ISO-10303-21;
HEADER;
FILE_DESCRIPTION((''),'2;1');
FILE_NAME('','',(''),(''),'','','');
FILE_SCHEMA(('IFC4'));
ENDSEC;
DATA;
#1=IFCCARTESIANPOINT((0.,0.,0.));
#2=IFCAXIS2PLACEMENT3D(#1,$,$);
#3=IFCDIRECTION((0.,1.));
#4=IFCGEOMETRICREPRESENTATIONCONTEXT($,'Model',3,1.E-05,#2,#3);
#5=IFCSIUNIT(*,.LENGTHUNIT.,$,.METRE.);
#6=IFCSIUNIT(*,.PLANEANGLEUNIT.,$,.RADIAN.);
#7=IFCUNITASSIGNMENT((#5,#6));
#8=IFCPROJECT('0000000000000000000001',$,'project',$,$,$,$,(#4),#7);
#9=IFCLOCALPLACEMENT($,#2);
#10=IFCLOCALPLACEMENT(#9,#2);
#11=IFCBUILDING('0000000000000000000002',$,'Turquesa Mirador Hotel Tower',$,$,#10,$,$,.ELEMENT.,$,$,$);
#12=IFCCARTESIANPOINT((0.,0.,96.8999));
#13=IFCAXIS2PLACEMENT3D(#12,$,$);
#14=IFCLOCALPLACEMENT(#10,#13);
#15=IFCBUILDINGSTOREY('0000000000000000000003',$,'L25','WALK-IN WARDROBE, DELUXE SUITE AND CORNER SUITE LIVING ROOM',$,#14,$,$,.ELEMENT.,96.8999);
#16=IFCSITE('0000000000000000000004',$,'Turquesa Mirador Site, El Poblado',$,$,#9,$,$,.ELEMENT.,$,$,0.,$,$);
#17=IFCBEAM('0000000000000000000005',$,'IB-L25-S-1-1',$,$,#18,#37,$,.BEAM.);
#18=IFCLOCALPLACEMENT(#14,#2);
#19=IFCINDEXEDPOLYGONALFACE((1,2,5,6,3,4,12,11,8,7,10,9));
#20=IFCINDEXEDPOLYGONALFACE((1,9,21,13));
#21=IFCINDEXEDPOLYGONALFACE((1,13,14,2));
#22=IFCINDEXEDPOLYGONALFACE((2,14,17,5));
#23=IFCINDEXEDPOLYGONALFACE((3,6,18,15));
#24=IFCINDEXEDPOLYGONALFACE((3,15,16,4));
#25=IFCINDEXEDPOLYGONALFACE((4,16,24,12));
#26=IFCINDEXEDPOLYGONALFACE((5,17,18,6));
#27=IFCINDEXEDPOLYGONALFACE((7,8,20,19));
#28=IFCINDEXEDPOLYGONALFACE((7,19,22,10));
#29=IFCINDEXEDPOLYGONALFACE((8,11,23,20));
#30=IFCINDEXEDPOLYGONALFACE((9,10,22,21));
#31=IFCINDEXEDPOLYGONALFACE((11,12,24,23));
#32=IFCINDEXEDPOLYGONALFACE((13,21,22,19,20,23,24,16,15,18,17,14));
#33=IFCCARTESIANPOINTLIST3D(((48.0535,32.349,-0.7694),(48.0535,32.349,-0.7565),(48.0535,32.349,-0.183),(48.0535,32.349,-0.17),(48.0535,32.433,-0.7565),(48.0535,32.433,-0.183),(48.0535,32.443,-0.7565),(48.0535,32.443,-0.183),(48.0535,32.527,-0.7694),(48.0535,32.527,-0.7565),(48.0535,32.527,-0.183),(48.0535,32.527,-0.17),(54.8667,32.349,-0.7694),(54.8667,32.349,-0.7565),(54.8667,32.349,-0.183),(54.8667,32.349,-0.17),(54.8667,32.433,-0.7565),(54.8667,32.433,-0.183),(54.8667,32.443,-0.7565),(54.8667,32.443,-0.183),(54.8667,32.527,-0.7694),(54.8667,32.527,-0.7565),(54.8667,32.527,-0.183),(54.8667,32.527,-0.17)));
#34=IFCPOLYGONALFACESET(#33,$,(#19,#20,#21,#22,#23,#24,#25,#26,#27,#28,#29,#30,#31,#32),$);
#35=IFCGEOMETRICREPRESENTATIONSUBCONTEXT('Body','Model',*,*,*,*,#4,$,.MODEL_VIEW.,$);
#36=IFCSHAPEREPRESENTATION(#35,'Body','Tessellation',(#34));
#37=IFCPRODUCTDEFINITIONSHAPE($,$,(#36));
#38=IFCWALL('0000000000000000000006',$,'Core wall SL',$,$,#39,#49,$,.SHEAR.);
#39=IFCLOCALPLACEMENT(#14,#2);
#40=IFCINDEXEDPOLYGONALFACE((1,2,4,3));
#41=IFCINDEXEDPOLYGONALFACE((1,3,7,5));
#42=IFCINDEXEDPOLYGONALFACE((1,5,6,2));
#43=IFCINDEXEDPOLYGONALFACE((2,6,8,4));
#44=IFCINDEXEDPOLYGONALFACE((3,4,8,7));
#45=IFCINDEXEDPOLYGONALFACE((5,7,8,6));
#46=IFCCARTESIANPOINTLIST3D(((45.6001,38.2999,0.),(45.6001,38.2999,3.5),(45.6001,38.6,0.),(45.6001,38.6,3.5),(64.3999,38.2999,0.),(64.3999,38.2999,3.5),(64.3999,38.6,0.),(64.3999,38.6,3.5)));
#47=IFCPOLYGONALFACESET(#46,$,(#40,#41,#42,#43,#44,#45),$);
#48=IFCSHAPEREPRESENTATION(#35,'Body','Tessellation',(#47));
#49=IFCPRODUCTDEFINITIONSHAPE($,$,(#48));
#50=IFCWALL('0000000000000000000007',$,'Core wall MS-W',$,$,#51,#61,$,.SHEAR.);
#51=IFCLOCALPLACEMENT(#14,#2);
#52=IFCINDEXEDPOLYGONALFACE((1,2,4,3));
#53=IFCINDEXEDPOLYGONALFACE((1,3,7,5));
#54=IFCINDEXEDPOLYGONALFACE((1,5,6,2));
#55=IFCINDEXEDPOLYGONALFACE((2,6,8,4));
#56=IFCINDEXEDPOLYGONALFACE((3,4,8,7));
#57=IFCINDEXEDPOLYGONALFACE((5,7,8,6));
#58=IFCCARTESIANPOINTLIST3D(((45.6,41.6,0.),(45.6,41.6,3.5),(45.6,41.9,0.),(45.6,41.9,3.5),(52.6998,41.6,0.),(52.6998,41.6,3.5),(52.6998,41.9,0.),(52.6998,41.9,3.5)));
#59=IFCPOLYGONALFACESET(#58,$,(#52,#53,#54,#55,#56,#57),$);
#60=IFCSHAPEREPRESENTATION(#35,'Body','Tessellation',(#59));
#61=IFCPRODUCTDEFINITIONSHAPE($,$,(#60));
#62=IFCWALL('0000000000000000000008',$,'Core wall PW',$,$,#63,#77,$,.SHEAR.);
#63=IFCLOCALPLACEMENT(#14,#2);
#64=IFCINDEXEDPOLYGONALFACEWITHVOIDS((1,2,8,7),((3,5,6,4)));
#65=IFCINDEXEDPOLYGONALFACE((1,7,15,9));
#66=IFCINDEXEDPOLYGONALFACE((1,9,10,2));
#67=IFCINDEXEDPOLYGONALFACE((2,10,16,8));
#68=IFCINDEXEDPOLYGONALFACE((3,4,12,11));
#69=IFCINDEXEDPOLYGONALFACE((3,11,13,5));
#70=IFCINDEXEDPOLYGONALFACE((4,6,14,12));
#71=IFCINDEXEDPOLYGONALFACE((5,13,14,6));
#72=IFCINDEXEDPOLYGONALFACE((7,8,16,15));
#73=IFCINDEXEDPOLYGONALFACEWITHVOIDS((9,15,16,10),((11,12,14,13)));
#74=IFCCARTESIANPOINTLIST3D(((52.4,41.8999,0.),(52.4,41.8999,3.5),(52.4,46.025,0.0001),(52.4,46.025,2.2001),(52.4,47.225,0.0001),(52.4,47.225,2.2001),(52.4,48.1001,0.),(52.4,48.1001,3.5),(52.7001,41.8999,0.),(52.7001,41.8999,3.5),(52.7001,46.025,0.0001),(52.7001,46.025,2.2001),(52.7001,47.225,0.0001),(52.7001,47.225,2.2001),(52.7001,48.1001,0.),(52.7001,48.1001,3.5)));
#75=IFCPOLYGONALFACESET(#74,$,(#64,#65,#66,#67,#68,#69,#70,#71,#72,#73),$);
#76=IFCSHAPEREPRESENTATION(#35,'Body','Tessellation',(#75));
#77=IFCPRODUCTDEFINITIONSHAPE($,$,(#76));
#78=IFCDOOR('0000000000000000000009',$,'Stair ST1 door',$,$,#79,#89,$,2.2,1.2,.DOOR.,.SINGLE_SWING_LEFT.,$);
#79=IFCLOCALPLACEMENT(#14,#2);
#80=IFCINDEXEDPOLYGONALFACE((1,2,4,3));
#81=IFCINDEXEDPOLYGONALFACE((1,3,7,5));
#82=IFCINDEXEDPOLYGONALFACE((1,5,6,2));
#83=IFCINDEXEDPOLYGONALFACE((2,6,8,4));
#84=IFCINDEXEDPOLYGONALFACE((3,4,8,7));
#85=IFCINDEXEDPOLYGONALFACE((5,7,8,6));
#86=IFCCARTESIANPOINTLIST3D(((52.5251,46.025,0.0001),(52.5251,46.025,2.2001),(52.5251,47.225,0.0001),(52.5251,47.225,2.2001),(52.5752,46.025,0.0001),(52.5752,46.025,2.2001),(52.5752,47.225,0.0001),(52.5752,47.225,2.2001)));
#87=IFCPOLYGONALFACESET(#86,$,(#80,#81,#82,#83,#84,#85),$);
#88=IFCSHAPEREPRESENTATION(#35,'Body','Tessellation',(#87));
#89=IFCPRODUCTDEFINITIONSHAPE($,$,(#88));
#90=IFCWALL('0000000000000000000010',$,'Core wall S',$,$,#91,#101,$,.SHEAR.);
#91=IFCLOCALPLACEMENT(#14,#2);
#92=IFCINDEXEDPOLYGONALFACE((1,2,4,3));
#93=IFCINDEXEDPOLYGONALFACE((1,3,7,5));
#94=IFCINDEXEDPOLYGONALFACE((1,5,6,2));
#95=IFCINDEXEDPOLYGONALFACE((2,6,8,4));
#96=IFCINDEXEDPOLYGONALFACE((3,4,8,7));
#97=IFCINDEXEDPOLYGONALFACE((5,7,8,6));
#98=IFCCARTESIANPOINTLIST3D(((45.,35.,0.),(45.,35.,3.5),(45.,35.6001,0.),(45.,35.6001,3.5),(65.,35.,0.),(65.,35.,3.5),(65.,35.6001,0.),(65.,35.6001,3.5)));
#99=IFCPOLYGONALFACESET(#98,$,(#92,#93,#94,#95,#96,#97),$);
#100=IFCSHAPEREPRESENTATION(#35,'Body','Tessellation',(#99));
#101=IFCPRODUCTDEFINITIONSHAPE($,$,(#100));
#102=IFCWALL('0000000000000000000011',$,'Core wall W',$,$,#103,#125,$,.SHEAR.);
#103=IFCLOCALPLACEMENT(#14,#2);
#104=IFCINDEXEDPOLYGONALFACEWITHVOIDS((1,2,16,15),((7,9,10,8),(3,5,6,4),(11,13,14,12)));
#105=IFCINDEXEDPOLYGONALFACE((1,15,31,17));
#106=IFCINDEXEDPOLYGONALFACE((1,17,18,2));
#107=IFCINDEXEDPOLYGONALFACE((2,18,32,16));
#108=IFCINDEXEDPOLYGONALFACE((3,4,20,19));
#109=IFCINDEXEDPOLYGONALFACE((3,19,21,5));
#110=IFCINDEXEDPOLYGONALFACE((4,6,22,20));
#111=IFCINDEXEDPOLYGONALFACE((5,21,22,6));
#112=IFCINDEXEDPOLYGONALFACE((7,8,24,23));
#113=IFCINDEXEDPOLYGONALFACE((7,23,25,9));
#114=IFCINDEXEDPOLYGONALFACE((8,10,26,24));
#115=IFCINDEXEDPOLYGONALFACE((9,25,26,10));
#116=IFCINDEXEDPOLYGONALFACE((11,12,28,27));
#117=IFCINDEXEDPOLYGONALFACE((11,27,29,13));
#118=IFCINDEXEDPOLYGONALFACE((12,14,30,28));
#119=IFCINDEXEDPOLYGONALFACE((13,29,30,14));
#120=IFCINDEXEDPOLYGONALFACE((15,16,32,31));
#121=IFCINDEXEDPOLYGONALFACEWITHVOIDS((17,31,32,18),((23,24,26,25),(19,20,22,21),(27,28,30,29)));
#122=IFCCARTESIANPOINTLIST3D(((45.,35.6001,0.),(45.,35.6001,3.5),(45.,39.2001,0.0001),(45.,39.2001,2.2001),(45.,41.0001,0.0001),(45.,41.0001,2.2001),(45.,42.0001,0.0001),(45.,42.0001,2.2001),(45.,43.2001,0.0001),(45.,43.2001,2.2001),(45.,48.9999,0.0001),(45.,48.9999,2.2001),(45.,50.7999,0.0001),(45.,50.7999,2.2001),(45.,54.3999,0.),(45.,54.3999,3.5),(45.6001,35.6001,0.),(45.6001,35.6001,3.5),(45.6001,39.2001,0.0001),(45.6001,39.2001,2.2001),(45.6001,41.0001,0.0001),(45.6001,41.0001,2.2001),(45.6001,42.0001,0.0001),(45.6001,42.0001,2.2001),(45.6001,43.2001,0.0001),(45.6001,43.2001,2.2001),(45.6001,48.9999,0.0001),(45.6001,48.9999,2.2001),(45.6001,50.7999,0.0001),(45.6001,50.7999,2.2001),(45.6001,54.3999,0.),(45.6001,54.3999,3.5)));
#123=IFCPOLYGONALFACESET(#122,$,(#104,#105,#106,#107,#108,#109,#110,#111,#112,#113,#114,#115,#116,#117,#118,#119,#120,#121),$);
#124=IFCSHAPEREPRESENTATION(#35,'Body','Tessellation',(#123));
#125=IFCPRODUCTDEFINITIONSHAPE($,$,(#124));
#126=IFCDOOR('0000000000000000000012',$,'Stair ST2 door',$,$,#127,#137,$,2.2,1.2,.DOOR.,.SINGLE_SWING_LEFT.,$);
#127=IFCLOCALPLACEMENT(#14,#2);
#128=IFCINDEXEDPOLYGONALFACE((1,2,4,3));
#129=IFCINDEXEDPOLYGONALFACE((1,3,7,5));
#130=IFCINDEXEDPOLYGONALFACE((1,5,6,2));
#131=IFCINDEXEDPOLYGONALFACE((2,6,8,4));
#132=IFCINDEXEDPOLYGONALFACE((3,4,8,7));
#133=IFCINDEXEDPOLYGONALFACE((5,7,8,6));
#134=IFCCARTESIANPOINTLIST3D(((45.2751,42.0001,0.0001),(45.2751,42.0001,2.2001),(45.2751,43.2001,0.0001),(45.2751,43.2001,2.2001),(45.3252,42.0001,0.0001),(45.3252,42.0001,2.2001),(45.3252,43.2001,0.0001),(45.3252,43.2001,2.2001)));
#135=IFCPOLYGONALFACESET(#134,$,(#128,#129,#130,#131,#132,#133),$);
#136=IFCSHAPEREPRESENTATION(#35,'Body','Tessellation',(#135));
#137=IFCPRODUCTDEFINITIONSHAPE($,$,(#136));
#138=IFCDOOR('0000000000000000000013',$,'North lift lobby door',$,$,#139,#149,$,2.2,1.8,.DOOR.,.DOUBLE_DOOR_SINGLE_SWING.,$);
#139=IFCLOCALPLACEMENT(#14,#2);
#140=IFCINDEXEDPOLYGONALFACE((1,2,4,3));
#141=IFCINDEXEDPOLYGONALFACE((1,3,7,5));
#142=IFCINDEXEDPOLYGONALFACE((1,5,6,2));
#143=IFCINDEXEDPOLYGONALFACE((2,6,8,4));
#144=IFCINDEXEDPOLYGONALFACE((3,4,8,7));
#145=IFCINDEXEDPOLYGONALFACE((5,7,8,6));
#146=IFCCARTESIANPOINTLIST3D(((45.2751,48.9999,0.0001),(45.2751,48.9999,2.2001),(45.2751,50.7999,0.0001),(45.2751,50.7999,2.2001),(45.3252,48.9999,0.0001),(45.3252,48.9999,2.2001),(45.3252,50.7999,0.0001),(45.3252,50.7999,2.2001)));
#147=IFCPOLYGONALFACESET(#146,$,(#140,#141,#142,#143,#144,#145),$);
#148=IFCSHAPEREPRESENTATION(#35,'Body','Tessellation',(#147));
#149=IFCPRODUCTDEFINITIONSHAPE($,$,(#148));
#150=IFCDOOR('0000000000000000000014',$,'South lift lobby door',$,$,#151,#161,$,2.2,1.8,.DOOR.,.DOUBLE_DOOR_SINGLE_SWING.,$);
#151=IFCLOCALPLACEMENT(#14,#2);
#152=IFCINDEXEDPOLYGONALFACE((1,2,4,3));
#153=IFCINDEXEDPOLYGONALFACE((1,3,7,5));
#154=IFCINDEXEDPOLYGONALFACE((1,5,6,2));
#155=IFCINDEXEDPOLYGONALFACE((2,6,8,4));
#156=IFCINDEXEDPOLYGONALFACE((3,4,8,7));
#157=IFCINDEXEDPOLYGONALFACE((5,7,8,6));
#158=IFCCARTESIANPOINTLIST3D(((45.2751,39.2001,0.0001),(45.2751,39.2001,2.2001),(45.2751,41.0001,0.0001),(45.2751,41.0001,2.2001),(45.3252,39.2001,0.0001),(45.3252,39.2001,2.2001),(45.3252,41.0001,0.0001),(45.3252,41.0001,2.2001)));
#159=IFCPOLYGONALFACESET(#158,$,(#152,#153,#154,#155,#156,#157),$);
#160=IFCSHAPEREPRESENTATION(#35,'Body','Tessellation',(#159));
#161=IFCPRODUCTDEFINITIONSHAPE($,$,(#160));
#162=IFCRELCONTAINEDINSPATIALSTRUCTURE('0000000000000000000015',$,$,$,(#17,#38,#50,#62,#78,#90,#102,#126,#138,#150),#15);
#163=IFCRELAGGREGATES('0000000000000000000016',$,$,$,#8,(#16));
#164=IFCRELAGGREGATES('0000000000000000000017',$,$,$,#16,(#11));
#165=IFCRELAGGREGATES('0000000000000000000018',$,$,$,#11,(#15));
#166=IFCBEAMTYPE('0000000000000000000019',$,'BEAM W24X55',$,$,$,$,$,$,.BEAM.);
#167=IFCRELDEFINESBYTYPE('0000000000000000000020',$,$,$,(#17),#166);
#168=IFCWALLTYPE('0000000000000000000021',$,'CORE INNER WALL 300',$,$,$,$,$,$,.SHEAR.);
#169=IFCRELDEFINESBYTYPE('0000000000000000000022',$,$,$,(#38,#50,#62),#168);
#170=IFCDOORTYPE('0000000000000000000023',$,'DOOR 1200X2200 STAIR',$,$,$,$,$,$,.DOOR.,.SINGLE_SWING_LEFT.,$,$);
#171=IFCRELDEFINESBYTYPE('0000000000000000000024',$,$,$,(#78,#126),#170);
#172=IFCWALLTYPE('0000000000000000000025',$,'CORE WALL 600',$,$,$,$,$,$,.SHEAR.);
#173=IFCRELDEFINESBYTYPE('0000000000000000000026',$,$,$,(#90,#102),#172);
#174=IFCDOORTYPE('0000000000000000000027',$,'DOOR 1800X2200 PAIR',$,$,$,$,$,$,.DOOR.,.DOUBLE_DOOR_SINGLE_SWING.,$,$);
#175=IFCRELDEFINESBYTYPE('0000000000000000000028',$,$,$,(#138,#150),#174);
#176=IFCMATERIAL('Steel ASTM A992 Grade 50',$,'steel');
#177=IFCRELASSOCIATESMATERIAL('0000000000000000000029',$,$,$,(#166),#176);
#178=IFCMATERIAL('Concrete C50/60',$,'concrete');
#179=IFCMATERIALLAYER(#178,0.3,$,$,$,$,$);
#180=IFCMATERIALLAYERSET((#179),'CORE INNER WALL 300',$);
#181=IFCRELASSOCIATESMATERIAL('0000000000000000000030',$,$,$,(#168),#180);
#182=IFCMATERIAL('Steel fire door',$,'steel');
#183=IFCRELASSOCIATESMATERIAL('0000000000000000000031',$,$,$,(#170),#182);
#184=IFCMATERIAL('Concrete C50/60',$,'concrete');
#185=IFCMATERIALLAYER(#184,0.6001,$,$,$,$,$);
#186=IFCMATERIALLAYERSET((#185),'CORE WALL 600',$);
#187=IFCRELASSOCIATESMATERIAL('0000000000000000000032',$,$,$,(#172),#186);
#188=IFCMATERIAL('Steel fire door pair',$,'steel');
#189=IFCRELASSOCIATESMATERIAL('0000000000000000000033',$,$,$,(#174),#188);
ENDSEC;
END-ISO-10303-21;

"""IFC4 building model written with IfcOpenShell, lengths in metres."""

from ifc_helpers import new_model, si_unit, direction, frame, frame_2d, origin, origin_2d, place, context, subcontext, project, spatial, rectangle, i_section, extrude, material, layer, layer_set, material_profile, profile_set, type_object, element, fill, save


model = new_model("IFC4")

# Units and contexts
model_context = context("Model", 3, precision=1e-05, world=origin(), true_north=direction((0.0, 1.0)))
body_context = subcontext(model_context, "Body", "Model", "MODEL_VIEW")
ifc_project = project(units=[si_unit("LENGTHUNIT", "METRE"), si_unit("PLANEANGLEUNIT", "RADIAN")], contexts=[model_context])

# Site, building, storey
site_placement = place(None, origin())
site = spatial("IfcSite", under=ifc_project, at=site_placement, Name="Turquesa Mirador Site, El Poblado", CompositionType="ELEMENT", RefElevation=0.0)
building_placement = place(site_placement, origin())
building = spatial("IfcBuilding", under=site, at=building_placement, Name="Turquesa Mirador Hotel Tower", CompositionType="ELEMENT")
storey_placement = place(building_placement, frame((0.0, 0.0, 96.8999)))
storey = spatial("IfcBuildingStorey", under=building, at=storey_placement, Name="L25", Description="WALK-IN WARDROBE, DELUXE SUITE AND CORNER SUITE LIVING ROOM", CompositionType="ELEMENT", Elevation=96.8999)

# Beam
ifc_material_1 = material(Name="Steel ASTM A992 Grade 50", Category="steel")
ifc_material_profile = material_profile(ifc_material_1, i_section(OverallWidth=0.178, OverallDepth=0.5994, WebThickness=0.01, FlangeThickness=0.0129, at=origin_2d()), Name="W24X55")
ifc_profile_set = profile_set([ifc_material_profile], Name="Steel ASTM A992 Grade 50")
beam_type = type_object("IfcBeamType", Name="BEAM W24X55", PredefinedType="BEAM", material=ifc_profile_set)
beam_placement = place(storey_placement, frame((48.0535, 32.438, -0.4697), z_axis=(1.0, 0.0, 0.0), x_axis=(0.0, 1.0, 0.0)))
element("IfcBeam", 1, at=beam_placement, inside=storey, type_object=beam_type, Name="IB-L25-S-1-1", PredefinedType="BEAM", context=body_context, shape_type="SweptSolid", body=[
    extrude(i_section(OverallWidth=0.178, OverallDepth=0.5994, WebThickness=0.01, FlangeThickness=0.0129, at=origin_2d()), origin(), (0.0, 0.0, 1.0), 6.8132),
])

# Walls
ifc_material_2 = material(Name="Concrete C50/60", Category="concrete")
ifc_layer_1 = layer(ifc_material_2, 0.3)
ifc_layer_set_1 = layer_set([ifc_layer_1], Name="CORE INNER WALL 300")
wall_type_1 = type_object("IfcWallType", Name="CORE INNER WALL 300", PredefinedType="SHEAR", material=ifc_layer_set_1)
wall_1_placement = place(storey_placement, frame((45.6001, 38.45, 0.0), z_axis=(0.0, 0.0, 1.0), x_axis=(1.0, 0.0, 0.0)))
element("IfcWall", 2, at=wall_1_placement, inside=storey, type_object=wall_type_1, Name="Core wall SL", PredefinedType="SHEAR", context=body_context, shape_type="SweptSolid", body=[
    extrude(rectangle(XDim=18.7998, YDim=0.3, at=frame_2d((9.3999, 0.0))), origin(), (0.0, 0.0, 1.0), 3.5),
])
wall_2_placement = place(storey_placement, frame((45.6001, 41.75, 0.0), z_axis=(0.0, 0.0, 1.0), x_axis=(1.0, 0.0, 0.0)))
element("IfcWall", 3, at=wall_2_placement, inside=storey, type_object=wall_type_1, Name="Core wall MS-W", PredefinedType="SHEAR", context=body_context, shape_type="SweptSolid", body=[
    extrude(rectangle(XDim=7.0999, YDim=0.3, at=frame_2d((3.5498, 0.0))), origin(), (0.0, 0.0, 1.0), 3.5),
])

# Wall, opening, door
wall_3_placement = place(storey_placement, frame((52.55, 41.8999, 0.0), z_axis=(0.0, 0.0, 1.0), x_axis=(0.0, 1.0, 0.0)))
wall_3 = element("IfcWall", 4, at=wall_3_placement, inside=storey, type_object=wall_type_1, Name="Core wall PW", PredefinedType="SHEAR", context=body_context, shape_type="SweptSolid", body=[
    extrude(rectangle(XDim=6.2002, YDim=0.3, at=frame_2d((3.1001, 0.0))), origin(), (0.0, 0.0, 1.0), 3.5),
])
opening_1_placement = place(wall_3_placement, frame((4.125, 0.0, 0.0)))
opening_1 = element("IfcOpeningElement", 5, at=opening_1_placement, cuts=wall_3, PredefinedType="OPENING", context=body_context, shape_type="SweptSolid", body=[
    extrude(rectangle(XDim=1.2, YDim=2.2, at=frame_2d((0.6001, 1.1001))), frame((0.0, 0.1599, 0.0), z_axis=(0.0, -1.0, 0.0), x_axis=(1.0, 0.0, 0.0)), (0.0, 0.0, 1.0), 0.3201),
])
ifc_material_3 = material(Name="Steel fire door", Category="steel")
door_type_1 = type_object("IfcDoorType", Name="DOOR 1200X2200 STAIR", OperationType="SINGLE_SWING_LEFT", PredefinedType="DOOR", material=ifc_material_3)
door_1_placement = place(opening_1_placement, origin())
door_1 = element("IfcDoor", 6, at=door_1_placement, inside=storey, type_object=door_type_1, Name="Stair ST1 door", OperationType="SINGLE_SWING_LEFT", OverallHeight=2.2, OverallWidth=1.2, PredefinedType="DOOR", context=body_context, shape_type="SweptSolid", body=[
    extrude(rectangle(XDim=1.2, YDim=2.2, at=frame_2d((0.6001, 1.1001))), frame((0.0, 0.0249, 0.0), z_axis=(0.0, -1.0, 0.0), x_axis=(1.0, 0.0, 0.0)), (0.0, 0.0, 1.0), 0.05),
])
fill(opening_1, door_1)

# Wall
ifc_material_4 = material(Name="Concrete C50/60", Category="concrete")
ifc_layer_2 = layer(ifc_material_4, 0.6001)
ifc_layer_set_2 = layer_set([ifc_layer_2], Name="CORE WALL 600")
wall_type_2 = type_object("IfcWallType", Name="CORE WALL 600", PredefinedType="SHEAR", material=ifc_layer_set_2)
wall_4_placement = place(storey_placement, frame((45.0, 35.3, 0.0), z_axis=(0.0, 0.0, 1.0), x_axis=(1.0, 0.0, 0.0)))
element("IfcWall", 7, at=wall_4_placement, inside=storey, type_object=wall_type_2, Name="Core wall S", PredefinedType="SHEAR", context=body_context, shape_type="SweptSolid", body=[
    extrude(rectangle(XDim=20.0, YDim=0.6001, at=frame_2d((10.0, 0.0))), origin(), (0.0, 0.0, 1.0), 3.5),
])

# Wall, openings, doors
wall_5_placement = place(storey_placement, frame((45.3, 35.6001, 0.0), z_axis=(0.0, 0.0, 1.0), x_axis=(0.0, 1.0, 0.0)))
wall_5 = element("IfcWall", 8, at=wall_5_placement, inside=storey, type_object=wall_type_2, Name="Core wall W", PredefinedType="SHEAR", context=body_context, shape_type="SweptSolid", body=[
    extrude(rectangle(XDim=18.7998, YDim=0.6001, at=frame_2d((9.3999, 0.0))), origin(), (0.0, 0.0, 1.0), 3.5),
])
opening_2_placement = place(wall_5_placement, frame((13.3999, 0.0, 0.0)))
opening_2 = element("IfcOpeningElement", 9, at=opening_2_placement, cuts=wall_5, PredefinedType="OPENING", context=body_context, shape_type="SweptSolid", body=[
    extrude(rectangle(XDim=1.8, YDim=2.2, at=frame_2d((0.8999, 1.1001))), frame((0.0, 0.3101, 0.0), z_axis=(0.0, -1.0, 0.0), x_axis=(1.0, 0.0, 0.0)), (0.0, 0.0, 1.0), 0.6201),
])
opening_3_placement = place(wall_5_placement, frame((3.6001, 0.0, 0.0)))
opening_3 = element("IfcOpeningElement", 10, at=opening_3_placement, cuts=wall_5, PredefinedType="OPENING", context=body_context, shape_type="SweptSolid", body=[
    extrude(rectangle(XDim=1.8, YDim=2.2, at=frame_2d((0.8999, 1.1001))), frame((0.0, 0.3101, 0.0), z_axis=(0.0, -1.0, 0.0), x_axis=(1.0, 0.0, 0.0)), (0.0, 0.0, 1.0), 0.6201),
])
opening_4_placement = place(wall_5_placement, frame((6.3999, 0.0, 0.0)))
opening_4 = element("IfcOpeningElement", 11, at=opening_4_placement, cuts=wall_5, PredefinedType="OPENING", context=body_context, shape_type="SweptSolid", body=[
    extrude(rectangle(XDim=1.2, YDim=2.2, at=frame_2d((0.6001, 1.1001))), frame((0.0, 0.3101, 0.0), z_axis=(0.0, -1.0, 0.0), x_axis=(1.0, 0.0, 0.0)), (0.0, 0.0, 1.0), 0.6201),
])
door_2_placement = place(opening_4_placement, origin())
door_2 = element("IfcDoor", 12, at=door_2_placement, inside=storey, type_object=door_type_1, Name="Stair ST2 door", OperationType="SINGLE_SWING_LEFT", OverallHeight=2.2, OverallWidth=1.2, PredefinedType="DOOR", context=body_context, shape_type="SweptSolid", body=[
    extrude(rectangle(XDim=1.2, YDim=2.2, at=frame_2d((0.6001, 1.1001))), frame((0.0, 0.0249, 0.0), z_axis=(0.0, -1.0, 0.0), x_axis=(1.0, 0.0, 0.0)), (0.0, 0.0, 1.0), 0.05),
])
fill(opening_4, door_2)
ifc_material_5 = material(Name="Steel fire door pair", Category="steel")
door_type_2 = type_object("IfcDoorType", Name="DOOR 1800X2200 PAIR", OperationType="DOUBLE_DOOR_SINGLE_SWING", PredefinedType="DOOR", material=ifc_material_5)
door_3_placement = place(opening_2_placement, origin())
door_3 = element("IfcDoor", 13, at=door_3_placement, inside=storey, type_object=door_type_2, Name="North lift lobby door", OperationType="DOUBLE_DOOR_SINGLE_SWING", OverallHeight=2.2, OverallWidth=1.8, PredefinedType="DOOR", context=body_context, shape_type="SweptSolid", body=[
    extrude(rectangle(XDim=1.8, YDim=2.2, at=frame_2d((0.8999, 1.1001))), frame((0.0, 0.0249, 0.0), z_axis=(0.0, -1.0, 0.0), x_axis=(1.0, 0.0, 0.0)), (0.0, 0.0, 1.0), 0.05),
])
fill(opening_2, door_3)
door_4_placement = place(opening_3_placement, origin())
door_4 = element("IfcDoor", 14, at=door_4_placement, inside=storey, type_object=door_type_2, Name="South lift lobby door", OperationType="DOUBLE_DOOR_SINGLE_SWING", OverallHeight=2.2, OverallWidth=1.8, PredefinedType="DOOR", context=body_context, shape_type="SweptSolid", body=[
    extrude(rectangle(XDim=1.8, YDim=2.2, at=frame_2d((0.8999, 1.1001))), frame((0.0, 0.0249, 0.0), z_axis=(0.0, -1.0, 0.0), x_axis=(1.0, 0.0, 0.0)), (0.0, 0.0, 1.0), 0.05),
])
fill(opening_3, door_4)

save(model, "model.ifc")
